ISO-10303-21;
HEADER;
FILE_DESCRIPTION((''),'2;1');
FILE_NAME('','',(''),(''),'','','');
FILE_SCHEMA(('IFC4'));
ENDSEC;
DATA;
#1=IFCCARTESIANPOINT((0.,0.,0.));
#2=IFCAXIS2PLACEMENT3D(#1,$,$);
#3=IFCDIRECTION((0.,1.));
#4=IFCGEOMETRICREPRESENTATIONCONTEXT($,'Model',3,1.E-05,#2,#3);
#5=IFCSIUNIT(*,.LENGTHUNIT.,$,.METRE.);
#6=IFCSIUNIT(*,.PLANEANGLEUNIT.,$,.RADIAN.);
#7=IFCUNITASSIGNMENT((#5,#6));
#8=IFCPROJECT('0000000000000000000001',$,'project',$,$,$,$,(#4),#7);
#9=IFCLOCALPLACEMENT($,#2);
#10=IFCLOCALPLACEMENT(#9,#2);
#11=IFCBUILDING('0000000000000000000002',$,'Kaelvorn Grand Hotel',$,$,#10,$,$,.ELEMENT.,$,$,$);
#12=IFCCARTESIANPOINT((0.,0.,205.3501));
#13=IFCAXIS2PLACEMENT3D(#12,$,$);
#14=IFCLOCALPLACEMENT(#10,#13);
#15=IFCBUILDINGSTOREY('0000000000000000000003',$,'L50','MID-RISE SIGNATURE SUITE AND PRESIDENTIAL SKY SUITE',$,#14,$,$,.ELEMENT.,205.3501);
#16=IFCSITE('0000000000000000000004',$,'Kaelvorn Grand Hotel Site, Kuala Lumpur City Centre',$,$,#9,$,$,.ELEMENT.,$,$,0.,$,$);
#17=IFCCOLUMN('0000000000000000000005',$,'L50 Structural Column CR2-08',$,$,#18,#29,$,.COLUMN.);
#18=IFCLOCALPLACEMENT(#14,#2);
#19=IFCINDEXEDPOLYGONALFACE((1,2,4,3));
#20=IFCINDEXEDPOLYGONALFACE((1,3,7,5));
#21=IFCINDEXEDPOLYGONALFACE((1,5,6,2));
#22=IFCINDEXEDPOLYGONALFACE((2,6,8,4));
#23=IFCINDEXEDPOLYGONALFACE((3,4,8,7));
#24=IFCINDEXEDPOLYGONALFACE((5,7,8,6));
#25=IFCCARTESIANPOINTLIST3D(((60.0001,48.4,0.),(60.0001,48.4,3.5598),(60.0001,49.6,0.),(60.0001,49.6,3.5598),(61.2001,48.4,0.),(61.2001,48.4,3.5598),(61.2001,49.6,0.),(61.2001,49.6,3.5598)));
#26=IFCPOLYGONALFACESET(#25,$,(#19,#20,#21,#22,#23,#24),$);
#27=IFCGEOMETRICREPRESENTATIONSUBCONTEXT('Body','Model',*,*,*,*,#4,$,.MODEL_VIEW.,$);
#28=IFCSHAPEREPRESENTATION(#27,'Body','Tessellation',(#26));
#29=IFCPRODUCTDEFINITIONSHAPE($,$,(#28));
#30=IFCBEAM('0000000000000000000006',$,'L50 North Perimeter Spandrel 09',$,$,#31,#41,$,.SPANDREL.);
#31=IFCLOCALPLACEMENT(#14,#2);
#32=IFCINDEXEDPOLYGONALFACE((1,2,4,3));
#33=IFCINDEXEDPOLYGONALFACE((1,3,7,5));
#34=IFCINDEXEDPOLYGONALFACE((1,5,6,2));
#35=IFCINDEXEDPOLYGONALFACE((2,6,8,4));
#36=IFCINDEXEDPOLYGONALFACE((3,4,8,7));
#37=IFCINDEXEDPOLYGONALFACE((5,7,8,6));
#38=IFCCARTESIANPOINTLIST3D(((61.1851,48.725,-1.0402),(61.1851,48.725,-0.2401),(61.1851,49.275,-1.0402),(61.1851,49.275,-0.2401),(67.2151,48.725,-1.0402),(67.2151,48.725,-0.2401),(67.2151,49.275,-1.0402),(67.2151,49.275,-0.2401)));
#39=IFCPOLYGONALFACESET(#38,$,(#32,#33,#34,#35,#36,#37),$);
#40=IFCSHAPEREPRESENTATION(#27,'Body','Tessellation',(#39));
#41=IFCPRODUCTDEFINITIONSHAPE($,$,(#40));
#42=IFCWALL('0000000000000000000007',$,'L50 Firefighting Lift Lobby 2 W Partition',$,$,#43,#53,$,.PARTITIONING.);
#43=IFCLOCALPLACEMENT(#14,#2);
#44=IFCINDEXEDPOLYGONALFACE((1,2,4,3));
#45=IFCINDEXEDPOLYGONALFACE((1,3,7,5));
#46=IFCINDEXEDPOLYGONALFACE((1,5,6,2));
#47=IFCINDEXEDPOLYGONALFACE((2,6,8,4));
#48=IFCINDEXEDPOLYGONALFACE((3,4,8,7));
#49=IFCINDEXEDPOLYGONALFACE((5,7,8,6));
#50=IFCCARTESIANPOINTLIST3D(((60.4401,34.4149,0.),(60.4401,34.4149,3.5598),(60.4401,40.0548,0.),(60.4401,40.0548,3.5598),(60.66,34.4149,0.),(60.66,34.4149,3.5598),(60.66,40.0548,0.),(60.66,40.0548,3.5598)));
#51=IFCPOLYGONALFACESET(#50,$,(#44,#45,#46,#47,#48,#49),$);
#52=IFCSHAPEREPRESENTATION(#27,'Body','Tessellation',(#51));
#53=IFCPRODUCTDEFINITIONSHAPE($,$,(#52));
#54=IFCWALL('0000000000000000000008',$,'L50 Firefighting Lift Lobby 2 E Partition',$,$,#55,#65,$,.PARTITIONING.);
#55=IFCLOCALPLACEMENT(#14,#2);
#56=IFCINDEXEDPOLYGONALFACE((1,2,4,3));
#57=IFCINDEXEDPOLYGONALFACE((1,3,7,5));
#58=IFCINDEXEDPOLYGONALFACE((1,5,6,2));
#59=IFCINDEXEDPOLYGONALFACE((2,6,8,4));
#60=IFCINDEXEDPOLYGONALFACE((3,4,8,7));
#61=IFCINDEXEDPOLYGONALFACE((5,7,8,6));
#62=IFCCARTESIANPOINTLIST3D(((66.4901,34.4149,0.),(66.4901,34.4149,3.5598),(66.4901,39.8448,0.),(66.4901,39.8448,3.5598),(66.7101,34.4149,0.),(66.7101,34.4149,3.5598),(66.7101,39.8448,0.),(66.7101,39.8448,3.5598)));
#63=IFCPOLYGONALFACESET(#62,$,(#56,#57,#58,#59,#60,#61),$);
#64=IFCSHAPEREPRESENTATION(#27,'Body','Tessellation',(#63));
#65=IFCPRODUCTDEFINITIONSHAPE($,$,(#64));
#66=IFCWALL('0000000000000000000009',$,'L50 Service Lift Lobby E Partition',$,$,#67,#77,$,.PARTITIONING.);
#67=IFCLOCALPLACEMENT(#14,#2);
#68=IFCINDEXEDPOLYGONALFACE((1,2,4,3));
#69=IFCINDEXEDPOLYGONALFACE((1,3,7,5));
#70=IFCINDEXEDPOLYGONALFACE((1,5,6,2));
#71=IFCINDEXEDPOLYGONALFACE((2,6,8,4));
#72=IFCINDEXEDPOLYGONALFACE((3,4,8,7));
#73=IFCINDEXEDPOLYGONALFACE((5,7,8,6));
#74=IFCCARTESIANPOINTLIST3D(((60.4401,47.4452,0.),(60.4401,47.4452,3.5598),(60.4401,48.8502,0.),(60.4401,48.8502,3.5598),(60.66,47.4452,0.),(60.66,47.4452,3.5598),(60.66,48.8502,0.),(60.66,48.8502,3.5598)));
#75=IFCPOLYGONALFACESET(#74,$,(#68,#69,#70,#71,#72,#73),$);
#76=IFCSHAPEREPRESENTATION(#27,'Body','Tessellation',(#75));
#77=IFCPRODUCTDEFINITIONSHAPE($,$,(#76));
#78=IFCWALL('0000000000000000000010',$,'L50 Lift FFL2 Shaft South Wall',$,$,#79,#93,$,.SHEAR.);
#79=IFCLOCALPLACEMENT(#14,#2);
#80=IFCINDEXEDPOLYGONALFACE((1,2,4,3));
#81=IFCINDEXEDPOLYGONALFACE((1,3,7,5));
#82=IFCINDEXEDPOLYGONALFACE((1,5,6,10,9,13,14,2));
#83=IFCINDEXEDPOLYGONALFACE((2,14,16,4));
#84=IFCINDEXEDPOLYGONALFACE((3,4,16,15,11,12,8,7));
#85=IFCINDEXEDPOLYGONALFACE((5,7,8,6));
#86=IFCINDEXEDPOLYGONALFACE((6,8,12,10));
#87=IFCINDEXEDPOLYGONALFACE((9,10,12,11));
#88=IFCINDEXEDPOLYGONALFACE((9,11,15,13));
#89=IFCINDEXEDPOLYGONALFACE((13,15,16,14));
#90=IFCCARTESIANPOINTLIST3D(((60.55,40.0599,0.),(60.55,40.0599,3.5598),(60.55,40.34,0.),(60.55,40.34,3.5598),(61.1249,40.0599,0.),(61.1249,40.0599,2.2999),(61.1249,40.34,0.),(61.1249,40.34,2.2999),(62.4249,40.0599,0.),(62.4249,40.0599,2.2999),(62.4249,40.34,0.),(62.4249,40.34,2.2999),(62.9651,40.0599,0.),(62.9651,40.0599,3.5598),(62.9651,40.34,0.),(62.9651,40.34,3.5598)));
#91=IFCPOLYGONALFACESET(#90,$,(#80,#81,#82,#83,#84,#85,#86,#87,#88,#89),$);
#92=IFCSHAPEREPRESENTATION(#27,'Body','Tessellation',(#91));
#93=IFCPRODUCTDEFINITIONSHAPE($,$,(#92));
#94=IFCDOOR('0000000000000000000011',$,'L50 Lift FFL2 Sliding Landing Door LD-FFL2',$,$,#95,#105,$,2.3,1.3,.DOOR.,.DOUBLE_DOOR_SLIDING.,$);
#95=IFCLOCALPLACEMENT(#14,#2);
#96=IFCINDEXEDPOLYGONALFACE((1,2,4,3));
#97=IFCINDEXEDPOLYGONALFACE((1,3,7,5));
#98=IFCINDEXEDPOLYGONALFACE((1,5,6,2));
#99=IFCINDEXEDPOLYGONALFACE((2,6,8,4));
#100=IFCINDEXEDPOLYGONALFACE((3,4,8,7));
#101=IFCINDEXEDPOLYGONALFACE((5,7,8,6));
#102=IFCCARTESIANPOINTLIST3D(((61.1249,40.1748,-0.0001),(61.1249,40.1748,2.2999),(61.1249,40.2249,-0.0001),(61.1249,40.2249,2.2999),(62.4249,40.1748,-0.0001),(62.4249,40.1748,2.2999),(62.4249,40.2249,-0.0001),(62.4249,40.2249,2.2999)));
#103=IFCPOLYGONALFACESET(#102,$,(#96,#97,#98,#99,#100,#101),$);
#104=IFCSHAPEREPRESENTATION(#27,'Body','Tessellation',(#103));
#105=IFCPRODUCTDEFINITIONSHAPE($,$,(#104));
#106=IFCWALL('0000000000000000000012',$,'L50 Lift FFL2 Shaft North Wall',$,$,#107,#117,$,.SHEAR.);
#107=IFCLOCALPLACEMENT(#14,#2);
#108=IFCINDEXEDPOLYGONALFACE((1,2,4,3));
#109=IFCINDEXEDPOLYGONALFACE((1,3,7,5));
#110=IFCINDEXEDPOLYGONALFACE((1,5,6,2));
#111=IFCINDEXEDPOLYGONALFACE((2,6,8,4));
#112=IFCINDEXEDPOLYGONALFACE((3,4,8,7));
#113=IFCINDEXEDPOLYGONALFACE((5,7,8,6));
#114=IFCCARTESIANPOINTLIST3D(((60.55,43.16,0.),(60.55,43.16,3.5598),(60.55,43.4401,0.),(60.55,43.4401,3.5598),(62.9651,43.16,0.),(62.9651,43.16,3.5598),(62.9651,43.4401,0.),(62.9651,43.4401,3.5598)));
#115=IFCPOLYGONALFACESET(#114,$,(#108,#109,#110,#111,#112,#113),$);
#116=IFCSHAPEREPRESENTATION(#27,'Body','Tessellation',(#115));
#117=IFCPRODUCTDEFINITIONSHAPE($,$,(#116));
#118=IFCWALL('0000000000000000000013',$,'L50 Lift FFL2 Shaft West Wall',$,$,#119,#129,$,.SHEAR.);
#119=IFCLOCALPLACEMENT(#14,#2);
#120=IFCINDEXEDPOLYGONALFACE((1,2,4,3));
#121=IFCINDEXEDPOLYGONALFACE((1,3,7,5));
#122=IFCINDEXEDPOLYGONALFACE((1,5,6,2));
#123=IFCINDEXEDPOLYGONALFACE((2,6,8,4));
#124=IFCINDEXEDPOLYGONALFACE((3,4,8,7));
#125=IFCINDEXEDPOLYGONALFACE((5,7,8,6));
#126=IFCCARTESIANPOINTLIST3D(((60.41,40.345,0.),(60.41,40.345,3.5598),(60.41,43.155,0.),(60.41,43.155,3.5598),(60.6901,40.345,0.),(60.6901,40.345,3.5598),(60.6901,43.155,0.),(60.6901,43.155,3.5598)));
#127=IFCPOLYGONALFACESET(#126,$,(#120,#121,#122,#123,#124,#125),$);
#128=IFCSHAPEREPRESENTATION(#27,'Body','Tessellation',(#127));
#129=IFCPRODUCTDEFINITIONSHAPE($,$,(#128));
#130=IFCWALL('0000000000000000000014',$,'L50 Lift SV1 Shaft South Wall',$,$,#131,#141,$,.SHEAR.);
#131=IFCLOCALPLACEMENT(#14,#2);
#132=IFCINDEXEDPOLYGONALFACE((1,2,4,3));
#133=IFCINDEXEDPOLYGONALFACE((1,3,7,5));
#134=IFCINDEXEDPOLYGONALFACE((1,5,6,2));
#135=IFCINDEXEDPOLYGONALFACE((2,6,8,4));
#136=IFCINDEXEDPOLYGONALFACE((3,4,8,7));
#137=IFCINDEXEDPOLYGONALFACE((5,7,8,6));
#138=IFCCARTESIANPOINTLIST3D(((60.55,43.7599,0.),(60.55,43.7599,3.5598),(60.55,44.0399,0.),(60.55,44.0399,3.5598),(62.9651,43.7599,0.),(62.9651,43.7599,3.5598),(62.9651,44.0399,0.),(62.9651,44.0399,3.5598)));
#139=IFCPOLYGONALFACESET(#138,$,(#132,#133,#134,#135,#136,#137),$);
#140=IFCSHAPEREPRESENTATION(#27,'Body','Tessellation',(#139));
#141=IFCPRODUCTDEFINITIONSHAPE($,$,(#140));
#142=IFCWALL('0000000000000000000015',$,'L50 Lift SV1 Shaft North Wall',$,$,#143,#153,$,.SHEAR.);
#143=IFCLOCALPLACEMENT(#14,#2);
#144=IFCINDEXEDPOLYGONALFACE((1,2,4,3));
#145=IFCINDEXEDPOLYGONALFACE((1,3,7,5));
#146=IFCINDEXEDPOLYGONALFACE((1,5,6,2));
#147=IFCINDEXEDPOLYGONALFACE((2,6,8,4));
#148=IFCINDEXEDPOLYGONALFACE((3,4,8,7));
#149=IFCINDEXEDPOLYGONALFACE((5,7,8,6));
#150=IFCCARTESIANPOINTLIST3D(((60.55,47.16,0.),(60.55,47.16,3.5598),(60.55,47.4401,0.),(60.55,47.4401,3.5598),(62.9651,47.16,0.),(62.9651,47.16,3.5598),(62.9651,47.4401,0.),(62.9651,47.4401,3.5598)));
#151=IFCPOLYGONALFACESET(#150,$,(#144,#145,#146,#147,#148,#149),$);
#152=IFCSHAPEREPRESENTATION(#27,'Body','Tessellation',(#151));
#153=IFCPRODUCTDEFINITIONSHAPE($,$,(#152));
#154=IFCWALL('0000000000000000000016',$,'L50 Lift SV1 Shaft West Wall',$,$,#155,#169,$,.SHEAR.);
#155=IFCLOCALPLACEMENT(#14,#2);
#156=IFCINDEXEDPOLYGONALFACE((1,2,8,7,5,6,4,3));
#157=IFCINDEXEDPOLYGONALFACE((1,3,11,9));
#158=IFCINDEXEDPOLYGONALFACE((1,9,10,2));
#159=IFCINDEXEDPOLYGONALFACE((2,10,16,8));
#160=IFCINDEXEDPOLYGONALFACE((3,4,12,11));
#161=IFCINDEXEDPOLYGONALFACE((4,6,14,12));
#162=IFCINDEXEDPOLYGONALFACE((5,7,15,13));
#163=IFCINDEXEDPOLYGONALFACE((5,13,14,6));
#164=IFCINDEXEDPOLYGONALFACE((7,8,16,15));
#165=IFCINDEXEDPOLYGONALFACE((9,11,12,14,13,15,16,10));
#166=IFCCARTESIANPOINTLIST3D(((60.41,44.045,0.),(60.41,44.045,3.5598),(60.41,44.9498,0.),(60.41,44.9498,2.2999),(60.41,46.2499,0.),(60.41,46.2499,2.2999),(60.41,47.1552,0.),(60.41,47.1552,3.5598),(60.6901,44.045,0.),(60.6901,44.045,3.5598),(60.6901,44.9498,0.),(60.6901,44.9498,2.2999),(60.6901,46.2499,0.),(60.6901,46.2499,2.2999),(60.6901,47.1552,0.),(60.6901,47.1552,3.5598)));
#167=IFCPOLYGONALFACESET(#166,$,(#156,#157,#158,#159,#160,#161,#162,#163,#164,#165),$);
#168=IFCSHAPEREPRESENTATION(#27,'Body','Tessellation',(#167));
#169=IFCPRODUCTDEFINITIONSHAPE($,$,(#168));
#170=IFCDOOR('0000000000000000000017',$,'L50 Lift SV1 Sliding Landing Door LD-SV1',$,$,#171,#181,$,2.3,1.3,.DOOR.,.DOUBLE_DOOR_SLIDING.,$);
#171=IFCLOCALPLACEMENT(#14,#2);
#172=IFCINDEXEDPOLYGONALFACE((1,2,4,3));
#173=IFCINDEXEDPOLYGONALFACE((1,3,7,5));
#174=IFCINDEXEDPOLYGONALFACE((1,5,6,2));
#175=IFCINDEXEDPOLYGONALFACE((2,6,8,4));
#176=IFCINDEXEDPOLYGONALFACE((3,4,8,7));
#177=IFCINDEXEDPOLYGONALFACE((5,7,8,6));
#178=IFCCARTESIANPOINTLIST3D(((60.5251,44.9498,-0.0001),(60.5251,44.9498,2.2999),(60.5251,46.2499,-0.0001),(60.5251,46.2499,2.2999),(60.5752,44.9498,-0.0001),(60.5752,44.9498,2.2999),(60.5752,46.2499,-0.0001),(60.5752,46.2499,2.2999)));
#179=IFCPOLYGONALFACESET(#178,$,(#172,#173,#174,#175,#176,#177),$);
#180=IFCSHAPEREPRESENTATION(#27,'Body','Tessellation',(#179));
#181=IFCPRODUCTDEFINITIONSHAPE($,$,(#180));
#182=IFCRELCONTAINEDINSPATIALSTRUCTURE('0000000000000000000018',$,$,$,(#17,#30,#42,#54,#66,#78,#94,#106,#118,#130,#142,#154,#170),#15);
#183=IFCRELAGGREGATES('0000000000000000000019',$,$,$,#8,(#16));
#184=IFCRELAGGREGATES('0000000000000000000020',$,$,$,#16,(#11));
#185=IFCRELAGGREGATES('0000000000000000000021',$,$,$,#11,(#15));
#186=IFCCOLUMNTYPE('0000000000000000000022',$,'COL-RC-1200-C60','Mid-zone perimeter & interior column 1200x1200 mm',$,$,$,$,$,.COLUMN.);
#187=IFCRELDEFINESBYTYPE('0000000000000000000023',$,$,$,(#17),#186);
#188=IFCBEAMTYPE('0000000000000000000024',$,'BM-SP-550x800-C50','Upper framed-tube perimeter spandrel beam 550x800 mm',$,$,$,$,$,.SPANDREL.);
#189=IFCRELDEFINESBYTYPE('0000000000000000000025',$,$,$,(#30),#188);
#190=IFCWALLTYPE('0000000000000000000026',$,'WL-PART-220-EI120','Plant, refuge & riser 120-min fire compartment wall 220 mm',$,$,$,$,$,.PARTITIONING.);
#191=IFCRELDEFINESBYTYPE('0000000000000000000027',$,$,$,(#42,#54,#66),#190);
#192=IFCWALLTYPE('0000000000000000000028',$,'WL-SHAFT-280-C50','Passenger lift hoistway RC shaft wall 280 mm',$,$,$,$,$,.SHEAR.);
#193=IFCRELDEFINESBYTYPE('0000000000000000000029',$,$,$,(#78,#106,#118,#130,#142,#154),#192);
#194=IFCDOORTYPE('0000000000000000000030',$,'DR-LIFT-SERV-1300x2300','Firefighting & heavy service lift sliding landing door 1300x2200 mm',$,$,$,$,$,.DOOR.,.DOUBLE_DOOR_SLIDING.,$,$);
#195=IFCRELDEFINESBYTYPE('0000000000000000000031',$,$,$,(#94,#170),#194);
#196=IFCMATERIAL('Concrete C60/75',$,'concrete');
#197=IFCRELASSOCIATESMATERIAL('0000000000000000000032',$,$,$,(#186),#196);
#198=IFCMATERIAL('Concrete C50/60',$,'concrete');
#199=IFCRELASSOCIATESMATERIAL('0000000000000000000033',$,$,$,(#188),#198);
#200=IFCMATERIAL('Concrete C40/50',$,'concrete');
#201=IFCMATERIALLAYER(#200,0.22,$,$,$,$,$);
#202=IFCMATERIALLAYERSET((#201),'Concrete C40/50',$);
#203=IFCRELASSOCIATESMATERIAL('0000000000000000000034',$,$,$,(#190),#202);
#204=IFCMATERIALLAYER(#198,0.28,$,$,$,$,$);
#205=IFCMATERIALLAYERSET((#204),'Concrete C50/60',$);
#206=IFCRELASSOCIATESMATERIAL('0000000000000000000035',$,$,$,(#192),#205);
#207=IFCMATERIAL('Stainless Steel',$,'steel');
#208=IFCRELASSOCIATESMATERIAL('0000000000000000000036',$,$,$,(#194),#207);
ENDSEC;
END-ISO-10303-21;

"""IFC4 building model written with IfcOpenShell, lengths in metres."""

from ifc_helpers import new_model, si_unit, direction, frame, frame_2d, origin, origin_2d, place, context, subcontext, project, spatial, rectangle, extrude, material, layer, layer_set, material_profile, profile_set, type_object, element, fill, save


model = new_model("IFC4")

# Units and contexts
model_context = context("Model", 3, precision=1e-05, world=origin(), true_north=direction((0.0, 1.0)))
body_context = subcontext(model_context, "Body", "Model", "MODEL_VIEW")
ifc_project = project(units=[si_unit("LENGTHUNIT", "METRE"), si_unit("PLANEANGLEUNIT", "RADIAN")], contexts=[model_context])

# Site, building, storey
site_placement = place(None, origin())
site = spatial("IfcSite", under=ifc_project, at=site_placement, Name="Kaelvorn Grand Hotel Site, Kuala Lumpur City Centre", CompositionType="ELEMENT", RefElevation=0.0)
building_placement = place(site_placement, origin())
building = spatial("IfcBuilding", under=site, at=building_placement, Name="Kaelvorn Grand Hotel", CompositionType="ELEMENT")
storey_placement = place(building_placement, frame((0.0, 0.0, 205.3501)))
storey = spatial("IfcBuildingStorey", under=building, at=storey_placement, Name="L50", Description="MID-RISE SIGNATURE SUITE AND PRESIDENTIAL SKY SUITE", CompositionType="ELEMENT", Elevation=205.3501)

# Column
ifc_material_1 = material(Name="Concrete C60/75", Category="concrete")
ifc_material_profile_1 = material_profile(ifc_material_1, rectangle(XDim=1.2, YDim=1.2, at=origin_2d()), Name="RC COL 1200x1200")
ifc_profile_set_1 = profile_set([ifc_material_profile_1], Name="Concrete C60/75")
column_type = type_object("IfcColumnType", Name="COL-RC-1200-C60", Description="Mid-zone perimeter & interior column 1200x1200 mm", PredefinedType="COLUMN", material=ifc_profile_set_1)
column_placement = place(storey_placement, frame((60.6001, 49.0, 0.0), z_axis=(0.0, 0.0, 1.0), x_axis=(1.0, 0.0, 0.0)))
element("IfcColumn", 1, at=column_placement, inside=storey, type_object=column_type, Name="L50 Structural Column CR2-08", PredefinedType="COLUMN", context=body_context, shape_type="SweptSolid", body=[
    extrude(rectangle(XDim=1.2, YDim=1.2, at=origin_2d()), origin(), (0.0, 0.0, 1.0), 3.5598),
])

# Beam
ifc_material_2 = material(Name="Concrete C50/60", Category="concrete")
ifc_material_profile_2 = material_profile(ifc_material_2, rectangle(XDim=0.55, YDim=0.8, at=origin_2d()), Name="RC SPANDREL 550x800")
ifc_profile_set_2 = profile_set([ifc_material_profile_2], Name="Concrete C50/60")
beam_type = type_object("IfcBeamType", Name="BM-SP-550x800-C50", Description="Upper framed-tube perimeter spandrel beam 550x800 mm", PredefinedType="SPANDREL", material=ifc_profile_set_2)
beam_placement = place(storey_placement, frame((61.1851, 49.0, -0.6401), z_axis=(1.0, 0.0, 0.0), x_axis=(0.0, 1.0, 0.0)))
element("IfcBeam", 2, at=beam_placement, inside=storey, type_object=beam_type, Name="L50 North Perimeter Spandrel 09", PredefinedType="SPANDREL", context=body_context, shape_type="SweptSolid", body=[
    extrude(rectangle(XDim=0.55, YDim=0.8, at=origin_2d()), origin(), (0.0, 0.0, 1.0), 6.03),
])

# Shared definitions
ifc_material_3 = material(Name="Concrete C40/50", Category="concrete")
ifc_layer_1 = layer(ifc_material_3, 0.22)
ifc_layer_set_1 = layer_set([ifc_layer_1], Name="Concrete C40/50")
wall_type_1 = type_object("IfcWallType", Name="WL-PART-220-EI120", Description="Plant, refuge & riser 120-min fire compartment wall 220 mm", PredefinedType="PARTITIONING", material=ifc_layer_set_1)

# Walls
wall_1_placement = place(storey_placement, frame((60.55, 34.415, 0.0), z_axis=(0.0, 0.0, 1.0), x_axis=(0.0, 1.0, 0.0)))
element("IfcWall", 3, at=wall_1_placement, inside=storey, type_object=wall_type_1, Name="L50 Firefighting Lift Lobby 2 W Partition", PredefinedType="PARTITIONING", context=body_context, shape_type="SweptSolid", body=[
    extrude(rectangle(XDim=5.6399, YDim=0.22, at=frame_2d((2.8198, 0.0))), origin(), (0.0, 0.0, 1.0), 3.5598),
])
wall_2_placement = place(storey_placement, frame((66.6001, 34.415, 0.0), z_axis=(0.0, 0.0, 1.0), x_axis=(0.0, 1.0, 0.0)))
element("IfcWall", 4, at=wall_2_placement, inside=storey, type_object=wall_type_1, Name="L50 Firefighting Lift Lobby 2 E Partition", PredefinedType="PARTITIONING", context=body_context, shape_type="SweptSolid", body=[
    extrude(rectangle(XDim=5.4299, YDim=0.22, at=frame_2d((2.7148, 0.0))), origin(), (0.0, 0.0, 1.0), 3.5598),
])
wall_3_placement = place(storey_placement, frame((60.55, 47.4451, 0.0), z_axis=(0.0, 0.0, 1.0), x_axis=(0.0, 1.0, 0.0)))
element("IfcWall", 5, at=wall_3_placement, inside=storey, type_object=wall_type_1, Name="L50 Service Lift Lobby E Partition", PredefinedType="PARTITIONING", context=body_context, shape_type="SweptSolid", body=[
    extrude(rectangle(XDim=1.405, YDim=0.22, at=frame_2d((0.7026, 0.0))), origin(), (0.0, 0.0, 1.0), 3.5598),
])

# Wall, opening, door
ifc_layer_2 = layer(ifc_material_2, 0.28)
ifc_layer_set_2 = layer_set([ifc_layer_2], Name="Concrete C50/60")
wall_type_2 = type_object("IfcWallType", Name="WL-SHAFT-280-C50", Description="Passenger lift hoistway RC shaft wall 280 mm", PredefinedType="SHEAR", material=ifc_layer_set_2)
wall_4_placement = place(storey_placement, frame((60.55, 40.2, 0.0), z_axis=(0.0, 0.0, 1.0), x_axis=(1.0, 0.0, 0.0)))
wall_4 = element("IfcWall", 6, at=wall_4_placement, inside=storey, type_object=wall_type_2, Name="L50 Lift FFL2 Shaft South Wall", PredefinedType="SHEAR", context=body_context, shape_type="SweptSolid", body=[
    extrude(rectangle(XDim=2.415, YDim=0.28, at=frame_2d((1.2075, 0.0))), origin(), (0.0, 0.0, 1.0), 3.5598),
])
opening_1_placement = place(wall_4_placement, frame((0.575, 0.0, 0.0)))
opening_1 = element("IfcOpeningElement", 7, at=opening_1_placement, cuts=wall_4, PredefinedType="OPENING", context=body_context, shape_type="SweptSolid", body=[
    extrude(rectangle(XDim=1.3, YDim=2.3, at=frame_2d((0.6499, 1.1499))), frame((0.0, 0.1499, 0.0), z_axis=(0.0, -1.0, 0.0), x_axis=(1.0, 0.0, 0.0)), (0.0, 0.0, 1.0), 0.3),
])
ifc_material_4 = material(Name="Stainless Steel", Category="steel")
door_type_1 = type_object("IfcDoorType", Name="DR-LIFT-SERV-1300x2300", Description="Firefighting & heavy service lift sliding landing door 1300x2200 mm", OperationType="DOUBLE_DOOR_SLIDING", PredefinedType="DOOR", material=ifc_material_4)
door_1_placement = place(opening_1_placement, origin())
door_1 = element("IfcDoor", 8, at=door_1_placement, inside=storey, type_object=door_type_1, Name="L50 Lift FFL2 Sliding Landing Door LD-FFL2", OperationType="DOUBLE_DOOR_SLIDING", OverallHeight=2.3, OverallWidth=1.3, PredefinedType="DOOR", context=body_context, shape_type="SweptSolid", body=[
    extrude(rectangle(XDim=1.3, YDim=2.3, at=frame_2d((0.6499, 1.1499))), frame((0.0, 0.0249, 0.0), z_axis=(0.0, -1.0, 0.0), x_axis=(1.0, 0.0, 0.0)), (0.0, 0.0, 1.0), 0.05),
])
fill(opening_1, door_1)

# Walls
wall_5_placement = place(storey_placement, frame((60.55, 43.3, 0.0), z_axis=(0.0, 0.0, 1.0), x_axis=(1.0, 0.0, 0.0)))
element("IfcWall", 9, at=wall_5_placement, inside=storey, type_object=wall_type_2, Name="L50 Lift FFL2 Shaft North Wall", PredefinedType="SHEAR", context=body_context, shape_type="SweptSolid", body=[
    extrude(rectangle(XDim=2.415, YDim=0.28, at=frame_2d((1.2075, 0.0))), origin(), (0.0, 0.0, 1.0), 3.5598),
])
wall_6_placement = place(storey_placement, frame((60.55, 40.345, 0.0), z_axis=(0.0, 0.0, 1.0), x_axis=(0.0, 1.0, 0.0)))
element("IfcWall", 10, at=wall_6_placement, inside=storey, type_object=wall_type_2, Name="L50 Lift FFL2 Shaft West Wall", PredefinedType="SHEAR", context=body_context, shape_type="SweptSolid", body=[
    extrude(rectangle(XDim=2.8101, YDim=0.28, at=frame_2d((1.405, 0.0))), origin(), (0.0, 0.0, 1.0), 3.5598),
])
for number, where, z_axis, x_axis, name in (
    (11, (60.55, 43.8999, 0.0), (0.0, 0.0, 1.0), (1.0, 0.0, 0.0), "L50 Lift SV1 Shaft South Wall"),
    (12, (60.55, 47.3, 0.0), (0.0, 0.0, 1.0), (1.0, 0.0, 0.0), "L50 Lift SV1 Shaft North Wall"),
):
    element("IfcWall", number, at=place(storey_placement, frame(where, z_axis=z_axis, x_axis=x_axis)), inside=storey, type_object=wall_type_2, Name=name, PredefinedType="SHEAR", context=body_context, shape_type="SweptSolid", body=[
        extrude(rectangle(XDim=2.415, YDim=0.28, at=frame_2d((1.2075, 0.0))), origin(), (0.0, 0.0, 1.0), 3.5598),
    ])

# Wall, opening, door
wall_7_placement = place(storey_placement, frame((60.55, 44.0449, 0.0), z_axis=(0.0, 0.0, 1.0), x_axis=(0.0, 1.0, 0.0)))
wall_7 = element("IfcWall", 13, at=wall_7_placement, inside=storey, type_object=wall_type_2, Name="L50 Lift SV1 Shaft West Wall", PredefinedType="SHEAR", context=body_context, shape_type="SweptSolid", body=[
    extrude(rectangle(XDim=3.1101, YDim=0.28, at=frame_2d((1.5552, 0.0))), origin(), (0.0, 0.0, 1.0), 3.5598),
])
opening_2_placement = place(wall_7_placement, frame((0.905, 0.0, 0.0)))
opening_2 = element("IfcOpeningElement", 14, at=opening_2_placement, cuts=wall_7, PredefinedType="OPENING", context=body_context, shape_type="SweptSolid", body=[
    extrude(rectangle(XDim=1.3, YDim=2.3, at=frame_2d((0.6499, 1.1499))), frame((0.0, 0.1499, 0.0), z_axis=(0.0, -1.0, 0.0), x_axis=(1.0, 0.0, 0.0)), (0.0, 0.0, 1.0), 0.3),
])
door_2_placement = place(opening_2_placement, origin())
door_2 = element("IfcDoor", 15, at=door_2_placement, inside=storey, type_object=door_type_1, Name="L50 Lift SV1 Sliding Landing Door LD-SV1", OperationType="DOUBLE_DOOR_SLIDING", OverallHeight=2.3, OverallWidth=1.3, PredefinedType="DOOR", context=body_context, shape_type="SweptSolid", body=[
    extrude(rectangle(XDim=1.3, YDim=2.3, at=frame_2d((0.6499, 1.1499))), frame((0.0, 0.0249, 0.0), z_axis=(0.0, -1.0, 0.0), x_axis=(1.0, 0.0, 0.0)), (0.0, 0.0, 1.0), 0.05),
])
fill(opening_2, door_2)

save(model, "model.ifc")
